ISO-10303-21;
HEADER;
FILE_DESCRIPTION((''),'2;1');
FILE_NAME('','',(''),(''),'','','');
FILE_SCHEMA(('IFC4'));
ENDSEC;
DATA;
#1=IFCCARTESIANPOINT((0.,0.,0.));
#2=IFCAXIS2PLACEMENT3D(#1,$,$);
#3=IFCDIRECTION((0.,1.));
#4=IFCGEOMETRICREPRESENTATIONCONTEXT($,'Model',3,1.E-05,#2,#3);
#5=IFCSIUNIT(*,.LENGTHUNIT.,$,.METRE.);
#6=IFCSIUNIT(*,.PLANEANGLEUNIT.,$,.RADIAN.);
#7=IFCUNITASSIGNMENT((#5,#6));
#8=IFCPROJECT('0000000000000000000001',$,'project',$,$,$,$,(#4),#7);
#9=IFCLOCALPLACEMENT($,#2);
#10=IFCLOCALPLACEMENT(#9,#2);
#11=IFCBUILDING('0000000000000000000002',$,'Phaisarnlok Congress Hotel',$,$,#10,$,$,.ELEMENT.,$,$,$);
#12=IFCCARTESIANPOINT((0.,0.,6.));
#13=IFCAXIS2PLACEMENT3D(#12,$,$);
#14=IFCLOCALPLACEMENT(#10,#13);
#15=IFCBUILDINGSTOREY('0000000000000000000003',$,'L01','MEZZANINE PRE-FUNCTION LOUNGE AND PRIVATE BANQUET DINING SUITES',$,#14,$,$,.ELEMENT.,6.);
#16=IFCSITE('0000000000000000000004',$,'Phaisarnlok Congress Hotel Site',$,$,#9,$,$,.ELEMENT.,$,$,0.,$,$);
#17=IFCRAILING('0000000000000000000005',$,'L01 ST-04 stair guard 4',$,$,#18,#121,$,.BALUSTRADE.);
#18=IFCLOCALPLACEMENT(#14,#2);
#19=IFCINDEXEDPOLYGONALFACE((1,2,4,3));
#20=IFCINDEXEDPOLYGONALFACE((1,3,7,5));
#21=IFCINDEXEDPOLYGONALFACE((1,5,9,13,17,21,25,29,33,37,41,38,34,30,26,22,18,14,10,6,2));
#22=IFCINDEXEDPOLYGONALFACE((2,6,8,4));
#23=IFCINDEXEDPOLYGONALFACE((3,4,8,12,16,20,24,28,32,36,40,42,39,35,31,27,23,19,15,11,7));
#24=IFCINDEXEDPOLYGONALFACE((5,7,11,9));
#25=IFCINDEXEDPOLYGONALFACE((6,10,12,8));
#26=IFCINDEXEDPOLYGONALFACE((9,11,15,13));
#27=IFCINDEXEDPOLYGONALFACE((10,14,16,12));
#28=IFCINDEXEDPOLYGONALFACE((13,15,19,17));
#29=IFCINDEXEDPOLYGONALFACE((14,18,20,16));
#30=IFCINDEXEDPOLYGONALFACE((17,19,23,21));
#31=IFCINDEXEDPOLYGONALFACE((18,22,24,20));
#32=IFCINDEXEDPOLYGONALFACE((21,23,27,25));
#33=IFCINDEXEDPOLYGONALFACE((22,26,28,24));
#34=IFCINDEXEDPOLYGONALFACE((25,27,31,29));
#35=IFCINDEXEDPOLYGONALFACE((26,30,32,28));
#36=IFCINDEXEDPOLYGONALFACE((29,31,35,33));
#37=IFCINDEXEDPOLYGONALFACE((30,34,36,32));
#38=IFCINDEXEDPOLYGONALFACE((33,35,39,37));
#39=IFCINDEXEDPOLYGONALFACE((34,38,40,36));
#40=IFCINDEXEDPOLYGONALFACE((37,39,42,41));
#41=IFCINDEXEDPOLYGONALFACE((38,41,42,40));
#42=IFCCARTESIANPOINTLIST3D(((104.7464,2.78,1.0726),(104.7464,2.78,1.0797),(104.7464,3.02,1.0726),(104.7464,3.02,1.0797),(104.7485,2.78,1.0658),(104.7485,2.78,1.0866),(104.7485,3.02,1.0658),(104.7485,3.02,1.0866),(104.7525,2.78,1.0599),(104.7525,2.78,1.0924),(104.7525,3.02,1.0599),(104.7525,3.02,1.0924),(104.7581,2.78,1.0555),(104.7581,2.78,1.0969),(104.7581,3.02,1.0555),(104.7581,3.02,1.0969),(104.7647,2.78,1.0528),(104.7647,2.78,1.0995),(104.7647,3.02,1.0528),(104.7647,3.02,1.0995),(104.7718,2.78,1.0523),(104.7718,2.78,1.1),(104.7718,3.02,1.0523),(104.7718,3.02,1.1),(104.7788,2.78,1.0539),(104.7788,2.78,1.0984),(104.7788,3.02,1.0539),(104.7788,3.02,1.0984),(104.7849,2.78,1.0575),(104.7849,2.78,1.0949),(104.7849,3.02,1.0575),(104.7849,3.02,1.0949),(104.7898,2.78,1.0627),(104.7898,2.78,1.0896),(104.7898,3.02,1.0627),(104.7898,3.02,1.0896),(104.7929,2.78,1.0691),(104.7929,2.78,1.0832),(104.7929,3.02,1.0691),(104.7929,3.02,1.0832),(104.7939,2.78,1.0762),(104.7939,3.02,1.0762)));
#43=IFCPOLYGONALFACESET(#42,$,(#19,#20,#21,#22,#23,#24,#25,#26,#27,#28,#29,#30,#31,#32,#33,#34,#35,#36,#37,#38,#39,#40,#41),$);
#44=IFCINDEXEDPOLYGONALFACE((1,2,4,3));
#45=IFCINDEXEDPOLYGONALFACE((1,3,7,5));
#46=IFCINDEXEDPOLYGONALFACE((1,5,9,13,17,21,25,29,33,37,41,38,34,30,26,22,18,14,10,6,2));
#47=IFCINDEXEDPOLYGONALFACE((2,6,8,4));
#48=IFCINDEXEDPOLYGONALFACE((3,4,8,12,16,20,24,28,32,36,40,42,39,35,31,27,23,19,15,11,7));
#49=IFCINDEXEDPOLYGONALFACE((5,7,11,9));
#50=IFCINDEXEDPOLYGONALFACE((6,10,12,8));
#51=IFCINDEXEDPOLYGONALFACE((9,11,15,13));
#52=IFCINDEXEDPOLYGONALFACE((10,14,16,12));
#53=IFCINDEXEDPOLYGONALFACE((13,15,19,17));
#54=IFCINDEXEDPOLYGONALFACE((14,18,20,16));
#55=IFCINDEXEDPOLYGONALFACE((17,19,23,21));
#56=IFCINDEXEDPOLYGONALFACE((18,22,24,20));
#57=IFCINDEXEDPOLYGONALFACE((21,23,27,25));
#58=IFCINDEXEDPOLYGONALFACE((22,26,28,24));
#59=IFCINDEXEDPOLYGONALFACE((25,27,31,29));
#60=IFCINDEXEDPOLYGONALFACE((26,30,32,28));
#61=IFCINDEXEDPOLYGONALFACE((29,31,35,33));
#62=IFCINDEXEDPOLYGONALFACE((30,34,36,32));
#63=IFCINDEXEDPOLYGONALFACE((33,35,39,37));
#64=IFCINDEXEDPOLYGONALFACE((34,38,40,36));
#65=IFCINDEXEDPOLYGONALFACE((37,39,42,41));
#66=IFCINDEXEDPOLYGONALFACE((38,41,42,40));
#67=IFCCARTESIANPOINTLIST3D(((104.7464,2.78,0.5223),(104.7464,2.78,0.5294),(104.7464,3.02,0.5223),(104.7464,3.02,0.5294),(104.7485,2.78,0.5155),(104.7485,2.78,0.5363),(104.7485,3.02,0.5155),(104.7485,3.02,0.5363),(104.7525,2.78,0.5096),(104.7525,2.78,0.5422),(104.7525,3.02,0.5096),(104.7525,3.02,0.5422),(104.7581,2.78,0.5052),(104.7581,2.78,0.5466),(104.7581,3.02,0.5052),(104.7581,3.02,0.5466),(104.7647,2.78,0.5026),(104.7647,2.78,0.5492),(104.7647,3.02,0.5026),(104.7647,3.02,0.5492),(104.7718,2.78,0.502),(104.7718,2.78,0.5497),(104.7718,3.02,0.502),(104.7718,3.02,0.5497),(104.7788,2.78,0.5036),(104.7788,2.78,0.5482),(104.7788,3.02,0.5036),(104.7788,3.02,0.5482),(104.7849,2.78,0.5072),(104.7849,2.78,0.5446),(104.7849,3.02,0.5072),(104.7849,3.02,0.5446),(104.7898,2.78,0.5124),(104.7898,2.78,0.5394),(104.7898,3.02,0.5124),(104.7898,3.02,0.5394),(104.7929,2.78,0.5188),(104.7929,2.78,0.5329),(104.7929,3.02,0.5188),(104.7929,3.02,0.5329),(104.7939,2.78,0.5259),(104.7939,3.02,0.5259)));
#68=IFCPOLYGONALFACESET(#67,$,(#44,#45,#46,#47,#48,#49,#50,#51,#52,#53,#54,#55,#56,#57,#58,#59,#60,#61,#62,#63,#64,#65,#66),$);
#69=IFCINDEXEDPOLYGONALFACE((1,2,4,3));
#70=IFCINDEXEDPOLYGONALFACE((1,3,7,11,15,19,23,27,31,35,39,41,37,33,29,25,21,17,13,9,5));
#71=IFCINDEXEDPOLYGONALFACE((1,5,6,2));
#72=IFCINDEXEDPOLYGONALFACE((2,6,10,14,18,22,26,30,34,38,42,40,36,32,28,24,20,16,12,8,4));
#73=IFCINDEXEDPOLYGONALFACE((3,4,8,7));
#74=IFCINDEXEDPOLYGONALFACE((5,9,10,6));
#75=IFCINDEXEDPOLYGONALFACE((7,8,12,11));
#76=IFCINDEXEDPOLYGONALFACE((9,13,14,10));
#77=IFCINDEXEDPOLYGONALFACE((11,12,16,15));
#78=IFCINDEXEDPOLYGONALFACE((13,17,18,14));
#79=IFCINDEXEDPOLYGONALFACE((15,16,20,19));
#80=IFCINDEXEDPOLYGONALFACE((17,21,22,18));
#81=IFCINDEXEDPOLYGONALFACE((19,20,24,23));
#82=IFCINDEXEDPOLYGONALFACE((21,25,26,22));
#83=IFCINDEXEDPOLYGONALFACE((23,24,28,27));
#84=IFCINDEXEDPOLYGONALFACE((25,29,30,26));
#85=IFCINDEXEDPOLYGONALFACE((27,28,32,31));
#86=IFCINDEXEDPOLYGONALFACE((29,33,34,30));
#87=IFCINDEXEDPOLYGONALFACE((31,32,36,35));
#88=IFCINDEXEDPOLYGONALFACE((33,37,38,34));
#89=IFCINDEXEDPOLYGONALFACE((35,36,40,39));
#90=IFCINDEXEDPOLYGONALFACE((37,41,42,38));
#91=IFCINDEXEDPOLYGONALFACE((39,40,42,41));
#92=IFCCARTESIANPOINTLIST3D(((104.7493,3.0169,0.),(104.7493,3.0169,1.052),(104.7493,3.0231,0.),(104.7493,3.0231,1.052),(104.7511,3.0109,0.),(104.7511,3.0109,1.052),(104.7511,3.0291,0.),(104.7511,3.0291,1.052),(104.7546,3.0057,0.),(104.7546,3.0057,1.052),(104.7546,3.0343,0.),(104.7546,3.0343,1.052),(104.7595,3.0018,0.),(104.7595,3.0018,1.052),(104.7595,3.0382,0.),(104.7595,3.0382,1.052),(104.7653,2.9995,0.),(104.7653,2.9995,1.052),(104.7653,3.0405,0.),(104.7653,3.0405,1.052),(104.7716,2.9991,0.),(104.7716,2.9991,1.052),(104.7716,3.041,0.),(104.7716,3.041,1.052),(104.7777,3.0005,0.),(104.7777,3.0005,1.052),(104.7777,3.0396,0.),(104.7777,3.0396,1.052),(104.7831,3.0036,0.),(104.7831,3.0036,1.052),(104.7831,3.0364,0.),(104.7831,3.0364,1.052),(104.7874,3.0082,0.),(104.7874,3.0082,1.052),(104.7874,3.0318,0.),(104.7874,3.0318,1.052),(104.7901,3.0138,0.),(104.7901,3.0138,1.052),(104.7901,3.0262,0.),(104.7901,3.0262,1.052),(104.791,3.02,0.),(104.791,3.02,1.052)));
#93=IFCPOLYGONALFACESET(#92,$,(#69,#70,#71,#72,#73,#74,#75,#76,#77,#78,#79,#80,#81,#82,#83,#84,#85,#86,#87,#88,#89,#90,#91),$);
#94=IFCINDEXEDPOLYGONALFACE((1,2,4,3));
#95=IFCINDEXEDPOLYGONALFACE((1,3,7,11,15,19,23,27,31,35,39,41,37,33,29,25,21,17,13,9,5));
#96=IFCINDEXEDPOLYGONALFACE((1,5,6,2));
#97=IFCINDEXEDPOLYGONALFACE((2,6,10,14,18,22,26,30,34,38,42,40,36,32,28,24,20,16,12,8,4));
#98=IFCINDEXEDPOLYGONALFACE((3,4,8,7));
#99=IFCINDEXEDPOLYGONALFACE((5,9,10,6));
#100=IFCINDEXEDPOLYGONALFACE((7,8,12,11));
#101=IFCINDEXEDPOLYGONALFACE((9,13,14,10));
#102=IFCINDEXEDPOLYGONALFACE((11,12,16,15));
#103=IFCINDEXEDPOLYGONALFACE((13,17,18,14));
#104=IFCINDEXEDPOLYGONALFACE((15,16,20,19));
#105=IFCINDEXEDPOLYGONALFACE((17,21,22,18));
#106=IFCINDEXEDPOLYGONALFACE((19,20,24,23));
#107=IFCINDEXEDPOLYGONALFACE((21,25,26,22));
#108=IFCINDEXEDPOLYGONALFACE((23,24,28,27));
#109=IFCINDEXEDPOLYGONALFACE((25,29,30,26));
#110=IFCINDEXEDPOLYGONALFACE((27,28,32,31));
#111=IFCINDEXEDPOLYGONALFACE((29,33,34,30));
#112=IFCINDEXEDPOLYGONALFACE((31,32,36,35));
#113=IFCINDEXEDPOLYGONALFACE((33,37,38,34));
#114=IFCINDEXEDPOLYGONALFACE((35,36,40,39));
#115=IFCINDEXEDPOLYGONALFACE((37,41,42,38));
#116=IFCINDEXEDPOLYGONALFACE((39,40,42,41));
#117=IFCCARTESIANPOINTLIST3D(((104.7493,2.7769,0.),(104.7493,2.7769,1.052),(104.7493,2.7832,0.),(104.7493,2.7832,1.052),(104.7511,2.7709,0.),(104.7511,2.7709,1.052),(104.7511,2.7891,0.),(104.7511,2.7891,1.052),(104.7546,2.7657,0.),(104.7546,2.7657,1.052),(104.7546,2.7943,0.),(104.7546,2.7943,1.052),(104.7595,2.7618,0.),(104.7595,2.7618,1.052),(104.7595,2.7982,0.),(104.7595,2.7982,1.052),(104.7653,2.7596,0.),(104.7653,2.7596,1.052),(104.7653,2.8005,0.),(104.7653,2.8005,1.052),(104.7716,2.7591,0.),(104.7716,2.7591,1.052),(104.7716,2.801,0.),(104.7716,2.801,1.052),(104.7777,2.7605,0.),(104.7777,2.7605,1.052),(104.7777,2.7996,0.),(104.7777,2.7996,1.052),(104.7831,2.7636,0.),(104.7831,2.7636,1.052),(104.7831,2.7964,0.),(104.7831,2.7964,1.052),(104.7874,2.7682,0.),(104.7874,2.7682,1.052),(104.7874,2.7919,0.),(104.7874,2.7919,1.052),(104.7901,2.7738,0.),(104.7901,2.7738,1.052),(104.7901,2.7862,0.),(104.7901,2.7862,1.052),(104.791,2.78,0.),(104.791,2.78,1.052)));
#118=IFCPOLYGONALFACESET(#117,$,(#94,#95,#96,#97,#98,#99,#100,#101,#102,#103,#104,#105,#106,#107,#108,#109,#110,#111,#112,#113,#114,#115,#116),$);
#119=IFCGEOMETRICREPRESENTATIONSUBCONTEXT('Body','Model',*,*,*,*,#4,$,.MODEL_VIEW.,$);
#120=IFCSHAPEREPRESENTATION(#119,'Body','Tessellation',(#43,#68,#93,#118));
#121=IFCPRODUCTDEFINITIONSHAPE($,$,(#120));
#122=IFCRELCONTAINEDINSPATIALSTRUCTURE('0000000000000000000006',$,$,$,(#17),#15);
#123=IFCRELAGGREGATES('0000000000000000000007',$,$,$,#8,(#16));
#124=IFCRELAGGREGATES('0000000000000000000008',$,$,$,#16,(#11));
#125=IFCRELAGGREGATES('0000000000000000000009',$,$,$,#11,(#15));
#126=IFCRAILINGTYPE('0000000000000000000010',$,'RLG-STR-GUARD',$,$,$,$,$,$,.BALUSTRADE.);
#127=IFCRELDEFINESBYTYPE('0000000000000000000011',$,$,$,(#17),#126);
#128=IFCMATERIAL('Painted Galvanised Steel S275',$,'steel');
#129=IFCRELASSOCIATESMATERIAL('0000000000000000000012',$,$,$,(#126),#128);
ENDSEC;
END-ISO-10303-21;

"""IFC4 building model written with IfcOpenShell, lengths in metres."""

from ifc_helpers import new_model, si_unit, direction, frame, origin, origin_2d, place, context, subcontext, project, spatial, circle, extrude, material, type_object, element, save


model = new_model("IFC4")

# Units and contexts
model_context = context("Model", 3, precision=1e-05, world=origin(), true_north=direction((0.0, 1.0)))
body_context = subcontext(model_context, "Body", "Model", "MODEL_VIEW")
ifc_project = project(units=[si_unit("LENGTHUNIT", "METRE"), si_unit("PLANEANGLEUNIT", "RADIAN")], contexts=[model_context])

# Site, building, storey
site_placement = place(None, origin())
site = spatial("IfcSite", under=ifc_project, at=site_placement, Name="Phaisarnlok Congress Hotel Site", CompositionType="ELEMENT", RefElevation=0.0)
building_placement = place(site_placement, origin())
building = spatial("IfcBuilding", under=site, at=building_placement, Name="Phaisarnlok Congress Hotel", CompositionType="ELEMENT")
storey_placement = place(building_placement, frame((0.0, 0.0, 6.0)))
storey = spatial("IfcBuildingStorey", under=building, at=storey_placement, Name="L01", Description="MEZZANINE PRE-FUNCTION LOUNGE AND PRIVATE BANQUET DINING SUITES", CompositionType="ELEMENT", Elevation=6.0)

# Railing
ifc_material_1 = material(Name="Painted Galvanised Steel S275", Category="steel")
railing_type_1 = type_object("IfcRailingType", Name="RLG-STR-GUARD", PredefinedType="BALUSTRADE", material=ifc_material_1)
railing_1_placement = place(storey_placement, frame((104.77, 3.02, 0.0)))
element("IfcRailing", 1, at=railing_1_placement, inside=storey, type_object=railing_type_1, Name="L01 ST-04 stair guard 4", PredefinedType="BALUSTRADE", context=body_context, shape_type="SweptSolid", body=[
    extrude(circle(Radius=0.0239, at=origin_2d()), frame((0.0, 0.0, 1.0762), z_axis=(0.0, -1.0, 0.0), x_axis=(1.0, 0.0, 0.0)), (0.0, 0.0, 1.0), 0.24),
    extrude(circle(Radius=0.0239, at=origin_2d()), frame((0.0, 0.0, 0.5259), z_axis=(0.0, -1.0, 0.0), x_axis=(1.0, 0.0, 0.0)), (0.0, 0.0, 1.0), 0.24),
    extrude(circle(Radius=0.021, at=origin_2d()), origin(), (0.0, 0.0, 1.0), 1.052),
    extrude(circle(Radius=0.021, at=origin_2d()), frame((0.0, -0.24, 0.0)), (0.0, 0.0, 1.0), 1.052),
])

save(model, "model.ifc")
